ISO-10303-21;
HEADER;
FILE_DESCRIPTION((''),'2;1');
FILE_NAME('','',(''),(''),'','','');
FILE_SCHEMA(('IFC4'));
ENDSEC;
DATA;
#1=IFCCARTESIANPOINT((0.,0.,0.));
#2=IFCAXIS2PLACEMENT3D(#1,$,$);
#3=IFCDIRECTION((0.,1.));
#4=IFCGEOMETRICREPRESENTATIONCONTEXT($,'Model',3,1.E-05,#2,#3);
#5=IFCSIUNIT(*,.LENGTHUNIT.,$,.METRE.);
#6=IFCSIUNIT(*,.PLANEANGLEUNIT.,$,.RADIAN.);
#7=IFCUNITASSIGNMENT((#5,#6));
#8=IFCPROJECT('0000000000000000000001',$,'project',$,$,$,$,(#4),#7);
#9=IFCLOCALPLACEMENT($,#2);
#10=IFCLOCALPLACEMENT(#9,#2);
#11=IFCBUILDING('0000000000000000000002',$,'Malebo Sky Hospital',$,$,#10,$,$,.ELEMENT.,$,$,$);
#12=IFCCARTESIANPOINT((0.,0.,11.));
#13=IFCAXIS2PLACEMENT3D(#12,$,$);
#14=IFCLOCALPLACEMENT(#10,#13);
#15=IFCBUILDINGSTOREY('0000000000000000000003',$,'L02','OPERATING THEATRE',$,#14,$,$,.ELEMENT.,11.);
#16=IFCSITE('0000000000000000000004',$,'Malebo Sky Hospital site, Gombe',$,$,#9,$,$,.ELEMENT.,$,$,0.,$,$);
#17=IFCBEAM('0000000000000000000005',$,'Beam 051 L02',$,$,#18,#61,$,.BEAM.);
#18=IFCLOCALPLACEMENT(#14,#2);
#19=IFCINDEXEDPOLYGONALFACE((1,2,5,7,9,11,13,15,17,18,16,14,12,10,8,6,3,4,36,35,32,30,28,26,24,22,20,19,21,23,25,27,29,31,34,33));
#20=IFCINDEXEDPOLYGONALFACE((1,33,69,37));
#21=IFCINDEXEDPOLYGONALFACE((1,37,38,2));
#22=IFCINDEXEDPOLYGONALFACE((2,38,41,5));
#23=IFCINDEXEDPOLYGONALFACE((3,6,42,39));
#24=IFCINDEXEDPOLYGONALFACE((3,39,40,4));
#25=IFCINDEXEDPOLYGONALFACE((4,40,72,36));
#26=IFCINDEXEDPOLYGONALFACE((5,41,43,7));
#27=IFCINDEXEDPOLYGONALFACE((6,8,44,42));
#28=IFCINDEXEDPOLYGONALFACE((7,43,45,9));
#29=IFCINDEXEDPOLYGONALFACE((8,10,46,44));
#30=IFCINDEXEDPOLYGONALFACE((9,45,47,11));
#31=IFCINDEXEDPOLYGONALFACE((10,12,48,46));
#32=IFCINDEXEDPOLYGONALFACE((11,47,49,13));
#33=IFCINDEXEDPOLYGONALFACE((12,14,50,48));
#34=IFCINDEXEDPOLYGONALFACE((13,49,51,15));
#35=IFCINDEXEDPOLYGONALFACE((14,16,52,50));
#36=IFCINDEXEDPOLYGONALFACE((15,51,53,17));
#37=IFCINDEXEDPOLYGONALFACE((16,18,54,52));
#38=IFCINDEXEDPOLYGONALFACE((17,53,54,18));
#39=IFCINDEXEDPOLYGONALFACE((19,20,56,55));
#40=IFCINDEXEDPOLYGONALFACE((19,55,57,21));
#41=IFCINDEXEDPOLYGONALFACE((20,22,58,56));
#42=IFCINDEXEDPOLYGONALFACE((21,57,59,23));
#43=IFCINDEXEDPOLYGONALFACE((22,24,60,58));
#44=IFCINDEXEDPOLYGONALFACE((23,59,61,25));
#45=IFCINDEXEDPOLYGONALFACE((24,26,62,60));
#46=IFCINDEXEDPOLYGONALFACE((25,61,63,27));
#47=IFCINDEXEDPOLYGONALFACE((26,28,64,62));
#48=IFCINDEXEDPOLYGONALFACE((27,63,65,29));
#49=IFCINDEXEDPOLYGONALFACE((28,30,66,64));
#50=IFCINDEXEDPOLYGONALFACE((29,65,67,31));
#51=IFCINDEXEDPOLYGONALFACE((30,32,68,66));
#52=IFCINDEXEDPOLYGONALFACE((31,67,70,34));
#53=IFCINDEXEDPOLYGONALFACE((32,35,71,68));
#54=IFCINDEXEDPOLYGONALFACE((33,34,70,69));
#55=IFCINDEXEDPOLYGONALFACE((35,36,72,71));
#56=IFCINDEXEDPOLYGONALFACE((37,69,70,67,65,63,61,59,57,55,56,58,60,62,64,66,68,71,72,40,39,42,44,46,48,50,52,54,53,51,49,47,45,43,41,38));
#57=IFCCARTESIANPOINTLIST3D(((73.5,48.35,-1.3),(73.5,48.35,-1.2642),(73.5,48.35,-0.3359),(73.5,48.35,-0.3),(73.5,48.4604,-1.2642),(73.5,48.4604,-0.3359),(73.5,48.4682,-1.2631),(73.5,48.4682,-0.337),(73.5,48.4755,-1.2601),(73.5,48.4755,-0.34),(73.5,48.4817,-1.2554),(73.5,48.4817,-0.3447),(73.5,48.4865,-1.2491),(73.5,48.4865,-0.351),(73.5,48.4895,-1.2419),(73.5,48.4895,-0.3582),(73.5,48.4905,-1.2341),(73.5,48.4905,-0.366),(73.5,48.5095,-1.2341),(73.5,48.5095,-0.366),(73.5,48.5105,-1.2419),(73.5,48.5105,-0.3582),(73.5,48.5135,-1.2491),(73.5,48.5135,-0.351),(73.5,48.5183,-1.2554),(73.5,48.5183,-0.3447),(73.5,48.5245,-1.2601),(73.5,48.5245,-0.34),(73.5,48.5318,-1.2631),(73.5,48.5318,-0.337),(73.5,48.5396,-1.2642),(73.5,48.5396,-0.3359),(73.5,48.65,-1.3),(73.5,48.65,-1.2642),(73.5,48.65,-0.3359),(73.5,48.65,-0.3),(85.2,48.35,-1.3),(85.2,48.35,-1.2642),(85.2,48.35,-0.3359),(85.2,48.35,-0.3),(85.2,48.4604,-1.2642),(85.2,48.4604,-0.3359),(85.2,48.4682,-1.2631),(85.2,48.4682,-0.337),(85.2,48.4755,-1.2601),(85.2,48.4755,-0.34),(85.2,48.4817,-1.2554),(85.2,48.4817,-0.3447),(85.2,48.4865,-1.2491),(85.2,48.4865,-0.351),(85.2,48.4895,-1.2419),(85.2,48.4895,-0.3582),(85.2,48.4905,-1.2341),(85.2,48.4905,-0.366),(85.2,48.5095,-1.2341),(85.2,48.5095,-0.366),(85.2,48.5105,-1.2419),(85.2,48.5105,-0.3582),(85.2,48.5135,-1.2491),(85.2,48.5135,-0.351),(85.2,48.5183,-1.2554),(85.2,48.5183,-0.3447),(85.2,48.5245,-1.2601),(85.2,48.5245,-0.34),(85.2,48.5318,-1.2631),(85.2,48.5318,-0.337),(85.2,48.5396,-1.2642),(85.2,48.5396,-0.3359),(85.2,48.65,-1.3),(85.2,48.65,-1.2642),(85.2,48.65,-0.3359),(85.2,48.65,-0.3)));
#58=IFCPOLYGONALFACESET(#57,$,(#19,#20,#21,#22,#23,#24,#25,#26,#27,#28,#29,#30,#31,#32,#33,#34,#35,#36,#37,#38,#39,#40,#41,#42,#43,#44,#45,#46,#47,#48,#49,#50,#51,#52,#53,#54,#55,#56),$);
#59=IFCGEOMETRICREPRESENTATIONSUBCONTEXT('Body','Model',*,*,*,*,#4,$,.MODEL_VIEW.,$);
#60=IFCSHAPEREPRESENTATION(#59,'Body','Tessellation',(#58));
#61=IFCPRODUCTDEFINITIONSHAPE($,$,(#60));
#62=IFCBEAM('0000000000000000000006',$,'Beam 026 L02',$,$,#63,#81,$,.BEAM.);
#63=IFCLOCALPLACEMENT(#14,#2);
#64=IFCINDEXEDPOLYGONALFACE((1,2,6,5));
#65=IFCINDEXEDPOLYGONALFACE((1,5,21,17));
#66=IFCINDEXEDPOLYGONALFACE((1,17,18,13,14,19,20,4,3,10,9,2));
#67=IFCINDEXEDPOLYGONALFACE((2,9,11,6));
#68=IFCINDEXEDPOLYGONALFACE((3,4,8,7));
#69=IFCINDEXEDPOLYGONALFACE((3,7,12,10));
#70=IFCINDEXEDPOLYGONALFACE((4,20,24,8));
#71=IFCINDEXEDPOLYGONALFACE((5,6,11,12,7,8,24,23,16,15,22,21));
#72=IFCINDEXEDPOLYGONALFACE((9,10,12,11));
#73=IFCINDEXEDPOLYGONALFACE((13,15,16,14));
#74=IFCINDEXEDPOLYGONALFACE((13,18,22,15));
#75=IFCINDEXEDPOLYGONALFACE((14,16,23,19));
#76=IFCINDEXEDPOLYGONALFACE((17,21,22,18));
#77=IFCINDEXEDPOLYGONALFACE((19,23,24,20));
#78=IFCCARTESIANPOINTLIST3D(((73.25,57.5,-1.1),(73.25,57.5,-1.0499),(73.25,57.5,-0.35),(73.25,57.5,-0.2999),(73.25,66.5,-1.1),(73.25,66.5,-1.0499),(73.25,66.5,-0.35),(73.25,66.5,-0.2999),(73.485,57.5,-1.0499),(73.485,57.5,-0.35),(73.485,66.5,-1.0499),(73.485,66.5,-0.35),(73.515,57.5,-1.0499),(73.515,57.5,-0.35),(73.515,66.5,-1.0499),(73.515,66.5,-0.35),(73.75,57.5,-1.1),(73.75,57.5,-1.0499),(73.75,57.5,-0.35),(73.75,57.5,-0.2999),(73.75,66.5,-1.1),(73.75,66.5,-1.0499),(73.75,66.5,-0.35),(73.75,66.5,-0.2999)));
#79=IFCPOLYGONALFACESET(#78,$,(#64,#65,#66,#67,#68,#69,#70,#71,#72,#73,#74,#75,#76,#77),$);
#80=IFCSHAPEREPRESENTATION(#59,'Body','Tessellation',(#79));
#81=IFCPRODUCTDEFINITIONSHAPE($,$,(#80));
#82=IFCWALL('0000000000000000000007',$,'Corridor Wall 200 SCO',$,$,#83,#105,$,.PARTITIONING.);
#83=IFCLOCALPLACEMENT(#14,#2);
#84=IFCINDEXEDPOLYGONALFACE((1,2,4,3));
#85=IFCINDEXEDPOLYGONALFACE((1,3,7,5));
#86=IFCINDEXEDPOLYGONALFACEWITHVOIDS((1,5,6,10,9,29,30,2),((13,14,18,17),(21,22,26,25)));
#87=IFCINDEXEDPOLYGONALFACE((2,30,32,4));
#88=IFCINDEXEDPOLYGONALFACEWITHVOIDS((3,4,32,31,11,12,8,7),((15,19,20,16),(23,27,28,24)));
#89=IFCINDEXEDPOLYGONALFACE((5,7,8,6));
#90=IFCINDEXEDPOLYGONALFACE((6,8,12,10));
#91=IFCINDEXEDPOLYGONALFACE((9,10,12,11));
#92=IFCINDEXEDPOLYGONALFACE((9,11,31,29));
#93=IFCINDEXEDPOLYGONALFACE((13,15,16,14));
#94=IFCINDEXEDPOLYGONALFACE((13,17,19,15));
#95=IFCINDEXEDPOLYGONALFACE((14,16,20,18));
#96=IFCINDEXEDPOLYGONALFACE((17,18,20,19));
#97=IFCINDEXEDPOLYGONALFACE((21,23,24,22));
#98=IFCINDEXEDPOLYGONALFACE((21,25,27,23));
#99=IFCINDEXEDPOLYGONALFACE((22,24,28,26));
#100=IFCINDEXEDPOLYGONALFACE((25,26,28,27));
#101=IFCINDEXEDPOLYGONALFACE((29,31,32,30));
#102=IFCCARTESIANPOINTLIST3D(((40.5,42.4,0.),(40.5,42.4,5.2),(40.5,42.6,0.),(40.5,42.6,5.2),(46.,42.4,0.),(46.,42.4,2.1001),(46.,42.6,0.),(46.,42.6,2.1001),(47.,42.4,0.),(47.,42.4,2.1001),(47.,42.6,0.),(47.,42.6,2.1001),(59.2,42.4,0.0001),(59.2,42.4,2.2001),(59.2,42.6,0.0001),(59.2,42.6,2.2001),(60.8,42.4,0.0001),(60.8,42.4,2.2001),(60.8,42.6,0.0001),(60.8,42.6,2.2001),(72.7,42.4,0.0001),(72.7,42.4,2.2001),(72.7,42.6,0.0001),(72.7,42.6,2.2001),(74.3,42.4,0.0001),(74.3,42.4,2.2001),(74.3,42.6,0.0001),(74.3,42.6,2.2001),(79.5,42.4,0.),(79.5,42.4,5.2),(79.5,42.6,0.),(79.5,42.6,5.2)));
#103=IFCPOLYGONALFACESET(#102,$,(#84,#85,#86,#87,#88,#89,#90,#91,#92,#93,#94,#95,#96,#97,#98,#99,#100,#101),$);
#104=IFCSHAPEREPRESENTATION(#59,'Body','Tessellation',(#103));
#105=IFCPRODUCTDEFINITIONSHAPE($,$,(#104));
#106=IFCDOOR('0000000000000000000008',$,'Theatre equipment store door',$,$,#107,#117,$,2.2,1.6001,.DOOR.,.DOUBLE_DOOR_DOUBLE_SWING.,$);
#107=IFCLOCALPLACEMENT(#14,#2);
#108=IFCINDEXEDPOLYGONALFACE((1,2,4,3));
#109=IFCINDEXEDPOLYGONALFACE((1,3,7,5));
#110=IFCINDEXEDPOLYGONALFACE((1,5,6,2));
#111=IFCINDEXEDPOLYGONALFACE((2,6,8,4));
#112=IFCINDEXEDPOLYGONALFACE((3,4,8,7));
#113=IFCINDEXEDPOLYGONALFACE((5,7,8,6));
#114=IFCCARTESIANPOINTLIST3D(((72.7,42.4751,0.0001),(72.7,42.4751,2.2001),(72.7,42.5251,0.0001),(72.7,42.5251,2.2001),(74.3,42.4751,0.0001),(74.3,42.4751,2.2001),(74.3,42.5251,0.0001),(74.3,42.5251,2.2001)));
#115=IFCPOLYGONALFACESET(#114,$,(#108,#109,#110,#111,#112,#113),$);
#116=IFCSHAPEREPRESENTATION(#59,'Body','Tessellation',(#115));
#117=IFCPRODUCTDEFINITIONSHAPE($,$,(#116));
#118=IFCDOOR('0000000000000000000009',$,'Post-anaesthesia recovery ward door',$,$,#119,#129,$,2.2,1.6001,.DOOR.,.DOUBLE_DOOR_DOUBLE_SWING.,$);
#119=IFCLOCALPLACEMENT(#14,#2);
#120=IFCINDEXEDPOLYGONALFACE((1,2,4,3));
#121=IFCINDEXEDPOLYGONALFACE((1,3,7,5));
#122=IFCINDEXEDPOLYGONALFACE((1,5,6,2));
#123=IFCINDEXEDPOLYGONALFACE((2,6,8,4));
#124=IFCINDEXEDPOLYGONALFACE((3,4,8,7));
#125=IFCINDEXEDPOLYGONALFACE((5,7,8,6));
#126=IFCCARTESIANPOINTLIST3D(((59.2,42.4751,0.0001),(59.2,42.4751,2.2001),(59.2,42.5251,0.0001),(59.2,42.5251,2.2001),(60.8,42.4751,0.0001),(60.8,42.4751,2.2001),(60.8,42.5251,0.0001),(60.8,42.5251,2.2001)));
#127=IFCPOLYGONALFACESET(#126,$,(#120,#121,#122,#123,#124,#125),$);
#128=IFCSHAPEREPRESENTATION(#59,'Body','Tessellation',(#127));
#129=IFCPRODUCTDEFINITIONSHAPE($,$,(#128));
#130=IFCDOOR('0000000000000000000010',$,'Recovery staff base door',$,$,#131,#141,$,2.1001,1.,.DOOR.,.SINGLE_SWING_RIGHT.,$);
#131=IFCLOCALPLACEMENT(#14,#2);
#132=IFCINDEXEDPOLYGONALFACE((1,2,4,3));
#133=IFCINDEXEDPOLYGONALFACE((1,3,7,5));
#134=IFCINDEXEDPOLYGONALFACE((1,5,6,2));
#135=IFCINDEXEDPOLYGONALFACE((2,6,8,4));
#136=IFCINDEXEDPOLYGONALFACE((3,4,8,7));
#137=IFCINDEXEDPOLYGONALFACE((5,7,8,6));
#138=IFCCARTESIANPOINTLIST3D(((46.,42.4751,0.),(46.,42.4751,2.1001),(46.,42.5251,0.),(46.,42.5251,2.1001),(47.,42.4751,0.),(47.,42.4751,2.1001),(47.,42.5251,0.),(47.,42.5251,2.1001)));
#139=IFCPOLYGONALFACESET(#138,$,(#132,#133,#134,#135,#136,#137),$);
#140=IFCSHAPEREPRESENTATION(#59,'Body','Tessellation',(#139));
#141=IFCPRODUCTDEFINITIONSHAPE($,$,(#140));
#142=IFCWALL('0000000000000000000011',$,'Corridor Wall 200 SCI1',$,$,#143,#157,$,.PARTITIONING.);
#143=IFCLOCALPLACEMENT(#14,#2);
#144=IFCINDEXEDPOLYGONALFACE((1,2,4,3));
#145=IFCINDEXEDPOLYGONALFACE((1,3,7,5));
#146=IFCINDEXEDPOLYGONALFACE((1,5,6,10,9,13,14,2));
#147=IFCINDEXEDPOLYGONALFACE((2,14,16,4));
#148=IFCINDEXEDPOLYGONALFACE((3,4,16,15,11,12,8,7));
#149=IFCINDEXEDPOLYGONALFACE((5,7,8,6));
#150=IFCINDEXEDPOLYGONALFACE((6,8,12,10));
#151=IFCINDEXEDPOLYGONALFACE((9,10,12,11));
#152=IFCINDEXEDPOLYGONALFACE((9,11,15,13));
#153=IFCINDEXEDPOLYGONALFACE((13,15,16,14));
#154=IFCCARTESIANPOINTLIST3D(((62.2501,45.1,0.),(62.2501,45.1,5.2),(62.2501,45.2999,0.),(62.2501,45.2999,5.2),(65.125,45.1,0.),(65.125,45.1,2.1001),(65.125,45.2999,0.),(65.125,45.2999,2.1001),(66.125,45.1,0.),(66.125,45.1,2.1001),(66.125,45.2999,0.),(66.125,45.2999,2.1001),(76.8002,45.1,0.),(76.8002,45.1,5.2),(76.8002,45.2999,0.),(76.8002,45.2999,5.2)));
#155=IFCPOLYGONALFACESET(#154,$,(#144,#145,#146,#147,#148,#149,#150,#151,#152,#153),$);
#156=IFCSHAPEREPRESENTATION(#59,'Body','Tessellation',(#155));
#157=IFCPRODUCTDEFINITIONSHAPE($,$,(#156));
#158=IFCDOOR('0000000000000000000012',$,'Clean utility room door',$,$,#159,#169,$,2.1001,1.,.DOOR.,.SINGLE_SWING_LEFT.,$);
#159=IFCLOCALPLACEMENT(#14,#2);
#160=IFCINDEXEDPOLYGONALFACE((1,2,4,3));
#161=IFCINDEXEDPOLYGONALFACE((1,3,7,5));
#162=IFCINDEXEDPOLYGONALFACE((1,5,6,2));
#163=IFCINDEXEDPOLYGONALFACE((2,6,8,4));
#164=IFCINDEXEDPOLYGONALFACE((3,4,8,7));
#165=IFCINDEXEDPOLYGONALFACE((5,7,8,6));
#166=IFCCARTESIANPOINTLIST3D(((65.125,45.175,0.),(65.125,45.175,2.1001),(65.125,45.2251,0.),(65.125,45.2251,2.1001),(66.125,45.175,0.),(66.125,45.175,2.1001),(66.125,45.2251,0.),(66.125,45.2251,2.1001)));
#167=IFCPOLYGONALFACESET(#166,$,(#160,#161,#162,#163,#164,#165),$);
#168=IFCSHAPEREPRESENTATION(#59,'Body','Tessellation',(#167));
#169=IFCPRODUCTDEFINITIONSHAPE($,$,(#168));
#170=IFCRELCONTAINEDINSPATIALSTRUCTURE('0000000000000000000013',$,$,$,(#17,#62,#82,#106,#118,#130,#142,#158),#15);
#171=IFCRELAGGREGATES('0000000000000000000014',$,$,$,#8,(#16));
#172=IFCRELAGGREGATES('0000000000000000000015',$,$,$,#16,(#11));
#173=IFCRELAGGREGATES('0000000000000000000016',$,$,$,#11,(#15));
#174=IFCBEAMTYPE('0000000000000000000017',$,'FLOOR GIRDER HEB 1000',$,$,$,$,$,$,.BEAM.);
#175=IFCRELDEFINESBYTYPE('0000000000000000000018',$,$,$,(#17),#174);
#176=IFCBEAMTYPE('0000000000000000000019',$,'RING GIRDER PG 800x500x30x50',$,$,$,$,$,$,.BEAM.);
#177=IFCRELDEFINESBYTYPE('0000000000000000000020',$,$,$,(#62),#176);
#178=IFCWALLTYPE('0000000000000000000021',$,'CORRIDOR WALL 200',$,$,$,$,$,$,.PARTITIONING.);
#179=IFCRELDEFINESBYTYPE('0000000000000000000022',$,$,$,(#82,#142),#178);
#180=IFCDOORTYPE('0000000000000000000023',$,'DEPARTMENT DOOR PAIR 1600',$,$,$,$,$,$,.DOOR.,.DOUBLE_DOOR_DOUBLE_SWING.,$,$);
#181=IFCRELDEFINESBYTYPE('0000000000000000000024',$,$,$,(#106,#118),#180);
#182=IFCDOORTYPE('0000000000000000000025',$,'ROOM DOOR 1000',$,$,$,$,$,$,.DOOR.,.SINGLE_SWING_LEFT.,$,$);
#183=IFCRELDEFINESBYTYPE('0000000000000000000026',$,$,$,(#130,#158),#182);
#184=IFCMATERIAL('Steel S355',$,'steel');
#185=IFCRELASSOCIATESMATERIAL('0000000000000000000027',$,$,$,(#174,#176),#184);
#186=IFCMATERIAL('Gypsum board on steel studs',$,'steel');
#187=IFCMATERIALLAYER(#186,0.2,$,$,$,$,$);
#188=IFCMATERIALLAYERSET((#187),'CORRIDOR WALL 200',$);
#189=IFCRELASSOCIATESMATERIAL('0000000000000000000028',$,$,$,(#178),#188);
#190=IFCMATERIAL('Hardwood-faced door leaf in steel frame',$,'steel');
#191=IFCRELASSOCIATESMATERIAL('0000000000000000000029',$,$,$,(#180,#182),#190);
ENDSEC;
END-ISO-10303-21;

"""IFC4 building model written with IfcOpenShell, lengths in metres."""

from ifc_helpers import new_model, si_unit, direction, frame, frame_2d, origin, origin_2d, place, context, subcontext, project, spatial, rectangle, i_section, extrude, material, layer, layer_set, material_profile, profile_set, type_object, element, fill, save


model = new_model("IFC4")

# Units and contexts
model_context = context("Model", 3, precision=1e-05, world=origin(), true_north=direction((0.0, 1.0)))
body_context = subcontext(model_context, "Body", "Model", "MODEL_VIEW")
ifc_project = project(units=[si_unit("LENGTHUNIT", "METRE"), si_unit("PLANEANGLEUNIT", "RADIAN")], contexts=[model_context])

# Site, building, storey
site_placement = place(None, origin())
site = spatial("IfcSite", under=ifc_project, at=site_placement, Name="Malebo Sky Hospital site, Gombe", CompositionType="ELEMENT", RefElevation=0.0)
building_placement = place(site_placement, origin())
building = spatial("IfcBuilding", under=site, at=building_placement, Name="Malebo Sky Hospital", CompositionType="ELEMENT")
storey_placement = place(building_placement, frame((0.0, 0.0, 11.0)))
storey = spatial("IfcBuildingStorey", under=building, at=storey_placement, Name="L02", Description="OPERATING THEATRE", CompositionType="ELEMENT", Elevation=11.0)

# Beams
ifc_material_1 = material(Name="Steel S355", Category="steel")
ifc_material_profile_1 = material_profile(ifc_material_1, i_section(OverallWidth=0.3, OverallDepth=1.0, WebThickness=0.019, FlangeThickness=0.0359, FilletRadius=0.03, at=origin_2d()), Name="HEB 1000")
ifc_profile_set_1 = profile_set([ifc_material_profile_1], Name="Steel S355")
beam_type_1 = type_object("IfcBeamType", Name="FLOOR GIRDER HEB 1000", PredefinedType="BEAM", material=ifc_profile_set_1)
beam_1_placement = place(storey_placement, frame((73.5, 48.5, -0.8), z_axis=(1.0, 0.0, 0.0), x_axis=(0.0, 1.0, 0.0)))
element("IfcBeam", 1, at=beam_1_placement, inside=storey, type_object=beam_type_1, Name="Beam 051 L02", PredefinedType="BEAM", context=body_context, shape_type="SweptSolid", body=[
    extrude(i_section(OverallWidth=0.3, OverallDepth=1.0, WebThickness=0.019, FlangeThickness=0.0359, FilletRadius=0.03, at=origin_2d()), origin(), (0.0, 0.0, 1.0), 11.7),
])
ifc_material_profile_2 = material_profile(ifc_material_1, i_section(OverallWidth=0.5, OverallDepth=0.8, WebThickness=0.03, FlangeThickness=0.05, at=origin_2d()), Name="PG 800x500x30x50")
ifc_profile_set_2 = profile_set([ifc_material_profile_2], Name="Steel S355")
beam_type_2 = type_object("IfcBeamType", Name="RING GIRDER PG 800x500x30x50", PredefinedType="BEAM", material=ifc_profile_set_2)
beam_2_placement = place(storey_placement, frame((73.5, 57.5, -0.7), z_axis=(0.0, 1.0, 0.0), x_axis=(-1.0, 0.0, 0.0)))
element("IfcBeam", 2, at=beam_2_placement, inside=storey, type_object=beam_type_2, Name="Beam 026 L02", PredefinedType="BEAM", context=body_context, shape_type="SweptSolid", body=[
    extrude(i_section(OverallWidth=0.5, OverallDepth=0.8, WebThickness=0.03, FlangeThickness=0.05, at=origin_2d()), origin(), (0.0, 0.0, 1.0), 9.0),
])

# Wall, openings, doors
ifc_material_2 = material(Name="Gypsum board on steel studs", Category="steel")
ifc_layer_1 = layer(ifc_material_2, 0.2)
ifc_layer_set_1 = layer_set([ifc_layer_1], Name="CORRIDOR WALL 200")
wall_type_1 = type_object("IfcWallType", Name="CORRIDOR WALL 200", PredefinedType="PARTITIONING", material=ifc_layer_set_1)
wall_1_placement = place(storey_placement, frame((79.5, 42.5, 0.0), z_axis=(0.0, 0.0, 1.0), x_axis=(-1.0, 0.0, 0.0)))
wall_1 = element("IfcWall", 3, at=wall_1_placement, inside=storey, type_object=wall_type_1, Name="Corridor Wall 200 SCO", PredefinedType="PARTITIONING", context=body_context, shape_type="SweptSolid", body=[
    extrude(rectangle(XDim=39.0, YDim=0.2, at=frame_2d((19.5, 0.0))), origin(), (0.0, 0.0, 1.0), 5.2),
])
opening_1_placement = place(wall_1_placement, frame((5.2, 0.0, 0.0)))
opening_1 = element("IfcOpeningElement", 4, at=opening_1_placement, cuts=wall_1, PredefinedType="OPENING", context=body_context, shape_type="SweptSolid", body=[
    extrude(rectangle(XDim=1.6001, YDim=2.2, at=frame_2d((0.8, 1.1001))), frame((0.0, 0.1099, 0.0), z_axis=(0.0, -1.0, 0.0), x_axis=(1.0, 0.0, 0.0)), (0.0, 0.0, 1.0), 0.22),
])
opening_2_placement = place(wall_1_placement, frame((18.7, 0.0, 0.0)))
opening_2 = element("IfcOpeningElement", 5, at=opening_2_placement, cuts=wall_1, PredefinedType="OPENING", context=body_context, shape_type="SweptSolid", body=[
    extrude(rectangle(XDim=1.6001, YDim=2.2, at=frame_2d((0.8, 1.1001))), frame((0.0, 0.1099, 0.0), z_axis=(0.0, -1.0, 0.0), x_axis=(1.0, 0.0, 0.0)), (0.0, 0.0, 1.0), 0.22),
])
opening_3_placement = place(wall_1_placement, frame((32.5, 0.0, 0.0)))
opening_3 = element("IfcOpeningElement", 6, at=opening_3_placement, cuts=wall_1, PredefinedType="OPENING", context=body_context, shape_type="SweptSolid", body=[
    extrude(rectangle(XDim=1.0, YDim=2.1001, at=frame_2d((0.5, 1.05))), frame((0.0, 0.1099, 0.0), z_axis=(0.0, -1.0, 0.0), x_axis=(1.0, 0.0, 0.0)), (0.0, 0.0, 1.0), 0.22),
])
ifc_material_3 = material(Name="Hardwood-faced door leaf in steel frame", Category="steel")
door_type_1 = type_object("IfcDoorType", Name="DEPARTMENT DOOR PAIR 1600", OperationType="DOUBLE_DOOR_DOUBLE_SWING", PredefinedType="DOOR", material=ifc_material_3)
door_1_placement = place(opening_1_placement, origin())
door_1 = element("IfcDoor", 7, at=door_1_placement, inside=storey, type_object=door_type_1, Name="Theatre equipment store door", OperationType="DOUBLE_DOOR_DOUBLE_SWING", OverallHeight=2.2, OverallWidth=1.6001, PredefinedType="DOOR", context=body_context, shape_type="SweptSolid", body=[
    extrude(rectangle(XDim=1.6001, YDim=2.2, at=frame_2d((0.8, 1.1001))), frame((0.0, 0.0249, 0.0), z_axis=(0.0, -1.0, 0.0), x_axis=(1.0, 0.0, 0.0)), (0.0, 0.0, 1.0), 0.05),
])
fill(opening_1, door_1)
door_2_placement = place(opening_2_placement, origin())
door_2 = element("IfcDoor", 8, at=door_2_placement, inside=storey, type_object=door_type_1, Name="Post-anaesthesia recovery ward door", OperationType="DOUBLE_DOOR_DOUBLE_SWING", OverallHeight=2.2, OverallWidth=1.6001, PredefinedType="DOOR", context=body_context, shape_type="SweptSolid", body=[
    extrude(rectangle(XDim=1.6001, YDim=2.2, at=frame_2d((0.8, 1.1001))), frame((0.0, 0.0249, 0.0), z_axis=(0.0, -1.0, 0.0), x_axis=(1.0, 0.0, 0.0)), (0.0, 0.0, 1.0), 0.05),
])
fill(opening_2, door_2)
door_type_2 = type_object("IfcDoorType", Name="ROOM DOOR 1000", OperationType="SINGLE_SWING_LEFT", PredefinedType="DOOR", material=ifc_material_3)
door_3_placement = place(opening_3_placement, origin())
door_3 = element("IfcDoor", 9, at=door_3_placement, inside=storey, type_object=door_type_2, Name="Recovery staff base door", OperationType="SINGLE_SWING_RIGHT", OverallHeight=2.1001, OverallWidth=1.0, PredefinedType="DOOR", context=body_context, shape_type="SweptSolid", body=[
    extrude(rectangle(XDim=1.0, YDim=2.1001, at=frame_2d((0.5, 1.05))), frame((0.0, 0.0249, 0.0), z_axis=(0.0, -1.0, 0.0), x_axis=(1.0, 0.0, 0.0)), (0.0, 0.0, 1.0), 0.05),
])
fill(opening_3, door_3)

# Wall, opening, door
wall_2_placement = place(storey_placement, frame((76.8, 45.2, 0.0), z_axis=(0.0, 0.0, 1.0), x_axis=(-1.0, 0.0, 0.0)))
wall_2 = element("IfcWall", 10, at=wall_2_placement, inside=storey, type_object=wall_type_1, Name="Corridor Wall 200 SCI1", PredefinedType="PARTITIONING", context=body_context, shape_type="SweptSolid", body=[
    extrude(rectangle(XDim=14.55, YDim=0.2, at=frame_2d((7.2749, 0.0))), origin(), (0.0, 0.0, 1.0), 5.2),
])
opening_4_placement = place(wall_2_placement, frame((10.675, 0.0, 0.0)))
opening_4 = element("IfcOpeningElement", 11, at=opening_4_placement, cuts=wall_2, PredefinedType="OPENING", context=body_context, shape_type="SweptSolid", body=[
    extrude(rectangle(XDim=1.0, YDim=2.1001, at=frame_2d((0.5, 1.05))), frame((0.0, 0.1099, 0.0), z_axis=(0.0, -1.0, 0.0), x_axis=(1.0, 0.0, 0.0)), (0.0, 0.0, 1.0), 0.22),
])
door_4_placement = place(opening_4_placement, origin())
door_4 = element("IfcDoor", 12, at=door_4_placement, inside=storey, type_object=door_type_2, Name="Clean utility room door", OperationType="SINGLE_SWING_LEFT", OverallHeight=2.1001, OverallWidth=1.0, PredefinedType="DOOR", context=body_context, shape_type="SweptSolid", body=[
    extrude(rectangle(XDim=1.0, YDim=2.1001, at=frame_2d((0.5, 1.05))), frame((0.0, 0.0249, 0.0), z_axis=(0.0, -1.0, 0.0), x_axis=(1.0, 0.0, 0.0)), (0.0, 0.0, 1.0), 0.05),
])
fill(opening_4, door_4)

save(model, "model.ifc")
